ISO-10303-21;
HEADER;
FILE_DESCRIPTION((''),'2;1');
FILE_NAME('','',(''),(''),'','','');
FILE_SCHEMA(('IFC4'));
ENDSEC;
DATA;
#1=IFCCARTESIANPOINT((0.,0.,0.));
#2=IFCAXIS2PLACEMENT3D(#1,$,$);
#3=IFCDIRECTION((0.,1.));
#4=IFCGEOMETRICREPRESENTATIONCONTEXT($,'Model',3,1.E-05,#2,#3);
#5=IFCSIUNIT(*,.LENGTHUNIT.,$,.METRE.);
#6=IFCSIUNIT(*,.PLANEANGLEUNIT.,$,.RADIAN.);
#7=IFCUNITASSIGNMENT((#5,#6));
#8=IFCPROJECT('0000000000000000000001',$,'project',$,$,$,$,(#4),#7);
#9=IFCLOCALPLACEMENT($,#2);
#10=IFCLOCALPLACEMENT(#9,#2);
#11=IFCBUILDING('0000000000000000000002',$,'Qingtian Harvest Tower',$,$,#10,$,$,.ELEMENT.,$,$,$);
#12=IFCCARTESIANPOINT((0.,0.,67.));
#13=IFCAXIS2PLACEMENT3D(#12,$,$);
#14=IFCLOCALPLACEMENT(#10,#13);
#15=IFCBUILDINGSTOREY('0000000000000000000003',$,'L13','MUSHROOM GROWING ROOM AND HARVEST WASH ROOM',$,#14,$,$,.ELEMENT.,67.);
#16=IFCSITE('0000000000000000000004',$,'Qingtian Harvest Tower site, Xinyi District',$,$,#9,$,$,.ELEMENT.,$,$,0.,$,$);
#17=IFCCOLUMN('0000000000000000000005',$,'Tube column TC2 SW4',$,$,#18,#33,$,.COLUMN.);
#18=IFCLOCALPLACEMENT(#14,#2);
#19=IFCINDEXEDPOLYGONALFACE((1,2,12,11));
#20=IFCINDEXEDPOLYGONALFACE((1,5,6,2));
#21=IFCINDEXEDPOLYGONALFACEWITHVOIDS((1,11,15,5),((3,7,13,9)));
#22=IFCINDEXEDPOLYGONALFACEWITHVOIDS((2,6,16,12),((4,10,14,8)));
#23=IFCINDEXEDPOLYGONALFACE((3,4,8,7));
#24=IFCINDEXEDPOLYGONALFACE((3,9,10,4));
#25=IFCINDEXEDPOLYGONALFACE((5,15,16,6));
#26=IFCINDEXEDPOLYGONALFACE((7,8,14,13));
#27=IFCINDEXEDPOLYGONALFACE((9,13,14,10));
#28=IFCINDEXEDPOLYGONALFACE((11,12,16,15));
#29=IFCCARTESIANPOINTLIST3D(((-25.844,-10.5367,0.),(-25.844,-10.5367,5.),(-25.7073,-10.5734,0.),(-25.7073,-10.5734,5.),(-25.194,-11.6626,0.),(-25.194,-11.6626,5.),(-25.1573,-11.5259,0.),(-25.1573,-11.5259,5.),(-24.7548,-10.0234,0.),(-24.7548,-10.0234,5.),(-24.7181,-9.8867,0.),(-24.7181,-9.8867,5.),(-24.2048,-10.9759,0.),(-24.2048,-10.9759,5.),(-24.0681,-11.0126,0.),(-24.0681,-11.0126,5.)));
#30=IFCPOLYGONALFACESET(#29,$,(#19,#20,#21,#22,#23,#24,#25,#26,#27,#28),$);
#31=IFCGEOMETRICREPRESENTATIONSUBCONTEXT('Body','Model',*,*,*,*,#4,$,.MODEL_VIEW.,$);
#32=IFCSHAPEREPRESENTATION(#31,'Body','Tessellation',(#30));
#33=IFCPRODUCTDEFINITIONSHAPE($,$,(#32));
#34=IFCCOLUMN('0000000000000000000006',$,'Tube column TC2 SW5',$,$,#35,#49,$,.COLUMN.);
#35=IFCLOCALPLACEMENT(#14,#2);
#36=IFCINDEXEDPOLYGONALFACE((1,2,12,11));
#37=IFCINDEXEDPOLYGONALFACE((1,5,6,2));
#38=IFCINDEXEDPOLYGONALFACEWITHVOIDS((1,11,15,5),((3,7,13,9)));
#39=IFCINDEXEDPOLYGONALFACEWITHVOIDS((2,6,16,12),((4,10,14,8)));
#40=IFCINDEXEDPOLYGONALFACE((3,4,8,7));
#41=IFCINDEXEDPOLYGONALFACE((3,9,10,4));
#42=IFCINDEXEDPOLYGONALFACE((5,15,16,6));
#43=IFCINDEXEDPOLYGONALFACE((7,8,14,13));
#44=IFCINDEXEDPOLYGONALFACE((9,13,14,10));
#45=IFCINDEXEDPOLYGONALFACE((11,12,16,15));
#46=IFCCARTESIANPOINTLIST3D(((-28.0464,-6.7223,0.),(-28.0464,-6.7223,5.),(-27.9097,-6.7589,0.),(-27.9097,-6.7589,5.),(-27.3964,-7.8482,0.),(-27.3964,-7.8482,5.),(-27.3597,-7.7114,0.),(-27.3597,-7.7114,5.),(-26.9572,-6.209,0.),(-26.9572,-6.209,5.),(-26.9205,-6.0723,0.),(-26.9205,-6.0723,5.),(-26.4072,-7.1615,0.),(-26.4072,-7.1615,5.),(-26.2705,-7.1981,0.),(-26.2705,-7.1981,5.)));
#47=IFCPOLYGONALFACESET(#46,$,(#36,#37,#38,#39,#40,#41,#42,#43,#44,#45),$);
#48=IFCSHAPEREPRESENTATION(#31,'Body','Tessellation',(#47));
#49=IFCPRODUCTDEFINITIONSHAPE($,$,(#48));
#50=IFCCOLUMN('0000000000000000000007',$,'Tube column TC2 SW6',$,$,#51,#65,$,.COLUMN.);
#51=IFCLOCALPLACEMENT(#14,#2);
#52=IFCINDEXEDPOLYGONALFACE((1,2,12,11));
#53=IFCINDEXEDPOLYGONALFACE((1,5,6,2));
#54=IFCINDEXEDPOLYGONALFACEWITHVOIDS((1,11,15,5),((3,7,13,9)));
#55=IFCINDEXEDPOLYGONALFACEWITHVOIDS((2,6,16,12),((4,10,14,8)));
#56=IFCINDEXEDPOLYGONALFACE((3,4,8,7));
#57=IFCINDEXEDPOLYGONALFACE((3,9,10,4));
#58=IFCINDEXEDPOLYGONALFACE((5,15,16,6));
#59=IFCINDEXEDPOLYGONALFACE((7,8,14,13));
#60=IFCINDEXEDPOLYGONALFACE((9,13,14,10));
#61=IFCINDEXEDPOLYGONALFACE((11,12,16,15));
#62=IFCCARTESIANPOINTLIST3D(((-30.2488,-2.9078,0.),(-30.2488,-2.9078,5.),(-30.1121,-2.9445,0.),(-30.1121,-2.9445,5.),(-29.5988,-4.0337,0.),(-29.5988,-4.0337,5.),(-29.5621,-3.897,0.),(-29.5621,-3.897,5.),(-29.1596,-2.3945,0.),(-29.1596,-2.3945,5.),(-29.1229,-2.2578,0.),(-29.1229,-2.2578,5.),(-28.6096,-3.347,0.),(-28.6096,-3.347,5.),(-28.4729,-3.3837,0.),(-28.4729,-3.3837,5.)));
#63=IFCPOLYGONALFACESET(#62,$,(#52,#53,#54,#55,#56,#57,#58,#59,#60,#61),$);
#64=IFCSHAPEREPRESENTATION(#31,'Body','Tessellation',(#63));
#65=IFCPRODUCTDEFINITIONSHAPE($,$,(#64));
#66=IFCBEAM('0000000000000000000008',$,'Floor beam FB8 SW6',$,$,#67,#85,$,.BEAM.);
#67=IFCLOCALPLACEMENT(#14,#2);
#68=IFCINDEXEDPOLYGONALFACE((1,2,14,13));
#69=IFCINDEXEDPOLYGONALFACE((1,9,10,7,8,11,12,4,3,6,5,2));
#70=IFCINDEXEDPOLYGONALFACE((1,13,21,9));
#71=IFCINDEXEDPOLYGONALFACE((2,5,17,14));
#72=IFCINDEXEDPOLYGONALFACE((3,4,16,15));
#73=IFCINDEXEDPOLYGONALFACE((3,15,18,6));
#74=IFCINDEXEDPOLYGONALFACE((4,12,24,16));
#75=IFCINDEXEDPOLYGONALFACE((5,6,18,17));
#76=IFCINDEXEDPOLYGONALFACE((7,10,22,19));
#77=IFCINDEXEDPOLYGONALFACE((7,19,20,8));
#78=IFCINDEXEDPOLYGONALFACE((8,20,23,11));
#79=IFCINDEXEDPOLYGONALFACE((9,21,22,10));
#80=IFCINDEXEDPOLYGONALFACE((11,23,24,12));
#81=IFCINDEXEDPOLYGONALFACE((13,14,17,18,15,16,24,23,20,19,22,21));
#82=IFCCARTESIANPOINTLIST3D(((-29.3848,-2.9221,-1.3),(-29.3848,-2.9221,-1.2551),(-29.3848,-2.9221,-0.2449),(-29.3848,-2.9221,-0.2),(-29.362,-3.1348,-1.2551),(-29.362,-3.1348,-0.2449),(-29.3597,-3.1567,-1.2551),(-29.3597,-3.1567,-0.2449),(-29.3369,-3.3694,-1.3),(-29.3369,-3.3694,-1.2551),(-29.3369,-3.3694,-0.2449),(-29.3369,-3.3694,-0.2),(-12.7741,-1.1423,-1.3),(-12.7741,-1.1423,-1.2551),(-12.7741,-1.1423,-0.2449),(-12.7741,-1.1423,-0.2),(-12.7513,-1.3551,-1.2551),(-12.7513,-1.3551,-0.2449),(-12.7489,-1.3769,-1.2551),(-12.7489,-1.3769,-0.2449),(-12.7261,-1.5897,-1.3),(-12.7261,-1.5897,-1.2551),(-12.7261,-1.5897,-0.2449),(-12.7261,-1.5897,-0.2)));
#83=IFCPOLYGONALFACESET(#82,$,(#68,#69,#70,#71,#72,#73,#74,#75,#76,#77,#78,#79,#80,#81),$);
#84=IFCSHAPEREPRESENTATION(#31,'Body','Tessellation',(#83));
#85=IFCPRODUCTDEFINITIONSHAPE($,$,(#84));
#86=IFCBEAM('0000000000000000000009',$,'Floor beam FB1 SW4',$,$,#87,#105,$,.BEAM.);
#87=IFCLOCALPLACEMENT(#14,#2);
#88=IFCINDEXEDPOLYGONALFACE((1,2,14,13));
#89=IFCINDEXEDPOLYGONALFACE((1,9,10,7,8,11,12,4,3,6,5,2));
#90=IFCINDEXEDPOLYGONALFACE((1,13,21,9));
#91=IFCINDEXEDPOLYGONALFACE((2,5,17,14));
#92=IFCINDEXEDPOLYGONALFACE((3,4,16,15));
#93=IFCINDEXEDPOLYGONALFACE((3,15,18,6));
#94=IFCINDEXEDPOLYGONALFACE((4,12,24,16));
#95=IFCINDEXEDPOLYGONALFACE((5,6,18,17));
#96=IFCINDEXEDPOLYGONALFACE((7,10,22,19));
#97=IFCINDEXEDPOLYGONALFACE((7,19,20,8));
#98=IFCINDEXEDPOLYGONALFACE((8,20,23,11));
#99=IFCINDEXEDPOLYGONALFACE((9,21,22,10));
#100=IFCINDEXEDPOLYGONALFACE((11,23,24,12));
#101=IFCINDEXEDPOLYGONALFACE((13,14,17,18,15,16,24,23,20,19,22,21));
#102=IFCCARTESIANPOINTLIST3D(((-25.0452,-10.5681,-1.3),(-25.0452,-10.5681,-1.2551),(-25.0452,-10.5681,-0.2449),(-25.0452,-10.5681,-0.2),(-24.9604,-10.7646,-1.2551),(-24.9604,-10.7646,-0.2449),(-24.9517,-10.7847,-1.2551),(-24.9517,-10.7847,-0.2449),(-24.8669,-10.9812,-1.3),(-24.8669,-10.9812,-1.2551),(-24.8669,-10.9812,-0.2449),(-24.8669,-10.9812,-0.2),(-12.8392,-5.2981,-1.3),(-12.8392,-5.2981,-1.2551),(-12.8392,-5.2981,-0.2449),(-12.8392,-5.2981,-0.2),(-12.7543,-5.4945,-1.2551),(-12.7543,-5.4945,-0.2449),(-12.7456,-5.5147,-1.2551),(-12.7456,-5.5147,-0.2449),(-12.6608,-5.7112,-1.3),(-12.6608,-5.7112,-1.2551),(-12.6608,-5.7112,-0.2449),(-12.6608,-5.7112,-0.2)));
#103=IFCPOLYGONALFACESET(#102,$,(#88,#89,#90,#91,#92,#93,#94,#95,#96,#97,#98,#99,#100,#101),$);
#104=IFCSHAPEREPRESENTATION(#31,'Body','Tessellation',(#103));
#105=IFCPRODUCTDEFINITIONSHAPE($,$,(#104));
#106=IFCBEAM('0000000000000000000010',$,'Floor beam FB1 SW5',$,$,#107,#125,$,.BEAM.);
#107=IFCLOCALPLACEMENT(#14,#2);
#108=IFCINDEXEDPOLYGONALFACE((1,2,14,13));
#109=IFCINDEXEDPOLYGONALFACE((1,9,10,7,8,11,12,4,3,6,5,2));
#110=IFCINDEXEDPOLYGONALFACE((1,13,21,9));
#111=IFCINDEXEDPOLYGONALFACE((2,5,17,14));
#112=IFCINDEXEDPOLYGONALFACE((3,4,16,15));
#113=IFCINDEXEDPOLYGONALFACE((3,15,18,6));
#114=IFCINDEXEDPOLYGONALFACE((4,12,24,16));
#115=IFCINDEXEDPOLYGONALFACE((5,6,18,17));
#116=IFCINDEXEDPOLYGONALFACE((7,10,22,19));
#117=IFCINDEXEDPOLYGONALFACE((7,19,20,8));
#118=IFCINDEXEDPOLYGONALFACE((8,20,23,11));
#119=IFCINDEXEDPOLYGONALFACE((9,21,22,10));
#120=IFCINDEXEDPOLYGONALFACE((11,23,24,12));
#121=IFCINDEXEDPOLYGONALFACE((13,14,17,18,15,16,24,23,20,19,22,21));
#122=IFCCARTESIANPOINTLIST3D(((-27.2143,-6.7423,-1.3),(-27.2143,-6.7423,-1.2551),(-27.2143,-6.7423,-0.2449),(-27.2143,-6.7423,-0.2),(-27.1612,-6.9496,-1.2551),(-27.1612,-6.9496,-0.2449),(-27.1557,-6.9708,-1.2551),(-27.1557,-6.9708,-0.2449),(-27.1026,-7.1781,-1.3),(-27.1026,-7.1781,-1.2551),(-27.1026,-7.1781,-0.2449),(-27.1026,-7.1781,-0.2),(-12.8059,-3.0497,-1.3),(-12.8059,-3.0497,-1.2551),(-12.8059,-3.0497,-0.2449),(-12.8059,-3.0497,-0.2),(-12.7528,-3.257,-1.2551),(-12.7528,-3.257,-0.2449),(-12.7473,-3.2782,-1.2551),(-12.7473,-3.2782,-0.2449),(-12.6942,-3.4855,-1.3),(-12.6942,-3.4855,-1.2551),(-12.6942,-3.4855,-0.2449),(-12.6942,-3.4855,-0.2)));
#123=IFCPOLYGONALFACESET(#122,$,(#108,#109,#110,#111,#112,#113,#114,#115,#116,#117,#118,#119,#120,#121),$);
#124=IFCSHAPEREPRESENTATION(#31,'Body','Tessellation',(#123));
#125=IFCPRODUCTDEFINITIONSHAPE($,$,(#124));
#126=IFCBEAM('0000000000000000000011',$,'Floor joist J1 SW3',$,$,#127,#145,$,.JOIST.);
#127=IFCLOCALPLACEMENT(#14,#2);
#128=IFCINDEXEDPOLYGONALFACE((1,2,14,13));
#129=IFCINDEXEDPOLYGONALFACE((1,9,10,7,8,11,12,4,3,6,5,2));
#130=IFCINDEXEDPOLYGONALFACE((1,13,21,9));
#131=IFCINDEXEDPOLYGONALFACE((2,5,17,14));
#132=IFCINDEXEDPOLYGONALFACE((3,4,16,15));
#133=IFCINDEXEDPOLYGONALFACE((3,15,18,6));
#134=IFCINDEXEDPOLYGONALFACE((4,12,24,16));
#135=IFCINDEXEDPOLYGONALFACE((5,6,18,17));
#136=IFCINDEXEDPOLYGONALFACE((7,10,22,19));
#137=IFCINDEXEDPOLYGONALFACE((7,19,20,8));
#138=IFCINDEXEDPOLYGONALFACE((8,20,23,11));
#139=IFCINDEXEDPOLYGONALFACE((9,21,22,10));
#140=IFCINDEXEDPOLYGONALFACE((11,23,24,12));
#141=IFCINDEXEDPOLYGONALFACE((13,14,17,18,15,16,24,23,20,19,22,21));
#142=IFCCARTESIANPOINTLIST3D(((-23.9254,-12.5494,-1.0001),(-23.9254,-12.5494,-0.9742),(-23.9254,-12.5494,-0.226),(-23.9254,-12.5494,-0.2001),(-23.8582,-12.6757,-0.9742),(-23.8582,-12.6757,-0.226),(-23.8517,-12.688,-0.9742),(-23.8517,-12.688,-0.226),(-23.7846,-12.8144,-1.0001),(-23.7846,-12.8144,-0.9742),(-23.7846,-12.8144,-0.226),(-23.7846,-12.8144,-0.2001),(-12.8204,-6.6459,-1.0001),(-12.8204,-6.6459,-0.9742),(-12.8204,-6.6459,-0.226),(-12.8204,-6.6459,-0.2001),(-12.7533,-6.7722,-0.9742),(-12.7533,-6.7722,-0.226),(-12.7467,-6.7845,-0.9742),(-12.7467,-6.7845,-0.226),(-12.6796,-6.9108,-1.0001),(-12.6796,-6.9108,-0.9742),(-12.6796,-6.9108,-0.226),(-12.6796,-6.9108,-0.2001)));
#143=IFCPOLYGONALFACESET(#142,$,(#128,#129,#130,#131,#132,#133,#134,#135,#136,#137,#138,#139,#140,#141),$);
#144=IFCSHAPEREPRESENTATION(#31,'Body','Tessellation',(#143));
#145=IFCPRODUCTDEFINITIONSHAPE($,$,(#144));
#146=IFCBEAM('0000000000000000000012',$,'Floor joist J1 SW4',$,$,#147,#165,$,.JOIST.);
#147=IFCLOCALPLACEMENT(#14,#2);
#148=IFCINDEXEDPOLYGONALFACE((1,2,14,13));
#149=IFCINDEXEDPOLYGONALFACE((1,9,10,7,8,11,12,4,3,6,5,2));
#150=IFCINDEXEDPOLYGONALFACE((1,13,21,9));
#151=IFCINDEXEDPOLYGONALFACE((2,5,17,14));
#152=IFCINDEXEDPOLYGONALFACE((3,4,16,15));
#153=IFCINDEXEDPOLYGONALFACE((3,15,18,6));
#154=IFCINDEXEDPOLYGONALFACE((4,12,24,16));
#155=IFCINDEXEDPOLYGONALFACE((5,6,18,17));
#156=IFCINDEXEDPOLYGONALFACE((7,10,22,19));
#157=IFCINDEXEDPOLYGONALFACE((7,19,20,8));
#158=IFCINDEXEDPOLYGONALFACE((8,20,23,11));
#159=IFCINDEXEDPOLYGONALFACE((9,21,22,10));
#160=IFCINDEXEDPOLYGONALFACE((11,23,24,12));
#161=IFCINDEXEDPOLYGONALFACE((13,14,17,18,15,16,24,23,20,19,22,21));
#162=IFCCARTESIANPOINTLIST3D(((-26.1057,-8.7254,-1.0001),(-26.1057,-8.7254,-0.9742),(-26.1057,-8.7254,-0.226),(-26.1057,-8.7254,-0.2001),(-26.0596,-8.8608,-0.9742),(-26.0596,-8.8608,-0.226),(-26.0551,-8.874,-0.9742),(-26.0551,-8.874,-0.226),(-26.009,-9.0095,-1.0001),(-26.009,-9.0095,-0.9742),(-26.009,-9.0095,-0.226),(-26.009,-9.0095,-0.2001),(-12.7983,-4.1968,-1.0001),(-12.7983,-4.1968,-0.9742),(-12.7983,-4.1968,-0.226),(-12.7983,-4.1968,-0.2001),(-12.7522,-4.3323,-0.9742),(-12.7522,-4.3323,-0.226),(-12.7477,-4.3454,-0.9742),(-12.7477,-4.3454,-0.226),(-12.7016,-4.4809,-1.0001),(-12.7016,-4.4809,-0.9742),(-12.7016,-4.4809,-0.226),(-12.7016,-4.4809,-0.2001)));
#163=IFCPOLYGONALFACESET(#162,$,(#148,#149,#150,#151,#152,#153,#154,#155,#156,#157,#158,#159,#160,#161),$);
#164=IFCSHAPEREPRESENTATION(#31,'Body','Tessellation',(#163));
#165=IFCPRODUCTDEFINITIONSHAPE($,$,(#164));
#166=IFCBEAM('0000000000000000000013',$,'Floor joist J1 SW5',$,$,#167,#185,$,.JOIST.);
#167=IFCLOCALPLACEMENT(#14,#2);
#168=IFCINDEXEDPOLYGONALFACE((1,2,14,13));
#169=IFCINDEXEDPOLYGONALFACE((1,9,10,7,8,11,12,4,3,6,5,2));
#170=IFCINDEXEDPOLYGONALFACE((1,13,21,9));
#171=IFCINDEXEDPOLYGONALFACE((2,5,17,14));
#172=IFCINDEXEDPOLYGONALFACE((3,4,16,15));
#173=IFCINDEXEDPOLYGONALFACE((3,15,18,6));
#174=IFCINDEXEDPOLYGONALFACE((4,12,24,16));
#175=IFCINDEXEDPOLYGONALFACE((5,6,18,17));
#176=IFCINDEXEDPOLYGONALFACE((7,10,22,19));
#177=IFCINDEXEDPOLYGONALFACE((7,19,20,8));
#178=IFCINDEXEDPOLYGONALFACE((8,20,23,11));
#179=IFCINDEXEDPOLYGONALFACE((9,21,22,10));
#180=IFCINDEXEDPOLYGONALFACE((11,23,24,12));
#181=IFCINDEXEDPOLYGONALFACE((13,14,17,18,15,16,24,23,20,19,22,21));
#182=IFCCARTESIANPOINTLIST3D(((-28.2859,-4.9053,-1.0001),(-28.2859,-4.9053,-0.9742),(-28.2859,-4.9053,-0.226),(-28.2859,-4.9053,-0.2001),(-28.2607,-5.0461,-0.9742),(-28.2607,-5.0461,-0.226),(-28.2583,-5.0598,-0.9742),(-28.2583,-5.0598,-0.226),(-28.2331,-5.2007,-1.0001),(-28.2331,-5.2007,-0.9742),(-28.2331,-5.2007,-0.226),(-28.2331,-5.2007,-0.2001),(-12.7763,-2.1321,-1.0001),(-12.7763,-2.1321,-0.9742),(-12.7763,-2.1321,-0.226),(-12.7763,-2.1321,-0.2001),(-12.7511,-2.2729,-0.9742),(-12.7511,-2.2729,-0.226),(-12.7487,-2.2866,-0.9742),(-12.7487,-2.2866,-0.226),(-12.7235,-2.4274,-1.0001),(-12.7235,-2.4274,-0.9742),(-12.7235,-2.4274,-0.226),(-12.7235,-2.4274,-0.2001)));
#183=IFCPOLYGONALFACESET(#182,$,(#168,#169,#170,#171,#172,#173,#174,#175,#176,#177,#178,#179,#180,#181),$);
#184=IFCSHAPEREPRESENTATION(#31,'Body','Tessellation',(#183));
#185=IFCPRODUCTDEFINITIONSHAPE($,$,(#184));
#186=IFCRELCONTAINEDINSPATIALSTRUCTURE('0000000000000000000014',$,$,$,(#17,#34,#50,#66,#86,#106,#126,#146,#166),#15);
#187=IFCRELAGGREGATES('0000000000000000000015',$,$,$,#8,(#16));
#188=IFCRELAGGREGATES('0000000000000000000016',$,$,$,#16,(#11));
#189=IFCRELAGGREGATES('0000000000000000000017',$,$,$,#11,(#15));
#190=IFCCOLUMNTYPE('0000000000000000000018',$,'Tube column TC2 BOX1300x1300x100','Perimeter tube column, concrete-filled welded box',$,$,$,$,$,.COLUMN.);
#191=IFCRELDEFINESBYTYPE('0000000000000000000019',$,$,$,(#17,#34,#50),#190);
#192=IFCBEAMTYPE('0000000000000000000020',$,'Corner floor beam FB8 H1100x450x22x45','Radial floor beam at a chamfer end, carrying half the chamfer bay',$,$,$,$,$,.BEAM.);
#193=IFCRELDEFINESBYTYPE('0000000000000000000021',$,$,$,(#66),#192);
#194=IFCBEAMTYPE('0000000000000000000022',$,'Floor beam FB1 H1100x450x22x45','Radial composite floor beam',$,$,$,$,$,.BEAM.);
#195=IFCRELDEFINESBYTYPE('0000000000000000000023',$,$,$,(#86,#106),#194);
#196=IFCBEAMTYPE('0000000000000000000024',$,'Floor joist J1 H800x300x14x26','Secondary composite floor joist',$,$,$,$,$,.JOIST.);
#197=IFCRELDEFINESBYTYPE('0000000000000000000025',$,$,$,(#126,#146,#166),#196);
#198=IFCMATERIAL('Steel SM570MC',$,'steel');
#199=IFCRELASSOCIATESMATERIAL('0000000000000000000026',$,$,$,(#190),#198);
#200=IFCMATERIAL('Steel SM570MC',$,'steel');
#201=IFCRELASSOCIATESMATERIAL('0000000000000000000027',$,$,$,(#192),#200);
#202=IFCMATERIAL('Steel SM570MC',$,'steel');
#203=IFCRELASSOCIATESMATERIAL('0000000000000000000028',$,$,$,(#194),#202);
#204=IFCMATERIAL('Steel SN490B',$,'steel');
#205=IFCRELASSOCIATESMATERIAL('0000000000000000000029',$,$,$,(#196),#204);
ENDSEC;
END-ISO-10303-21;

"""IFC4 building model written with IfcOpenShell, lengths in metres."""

from ifc_helpers import new_model, si_unit, direction, frame, origin, origin_2d, place, context, subcontext, project, spatial, hollow_rectangle, i_section, extrude, material, material_profile, profile_set, type_object, element, save


model = new_model("IFC4")

# Units and contexts
model_context = context("Model", 3, precision=1e-05, world=origin(), true_north=direction((0.0, 1.0)))
body_context = subcontext(model_context, "Body", "Model", "MODEL_VIEW")
ifc_project = project(units=[si_unit("LENGTHUNIT", "METRE"), si_unit("PLANEANGLEUNIT", "RADIAN")], contexts=[model_context])

# Site, building, storey
site_placement = place(None, origin())
site = spatial("IfcSite", under=ifc_project, at=site_placement, Name="Qingtian Harvest Tower site, Xinyi District", CompositionType="ELEMENT", RefElevation=0.0)
building_placement = place(site_placement, origin())
building = spatial("IfcBuilding", under=site, at=building_placement, Name="Qingtian Harvest Tower", CompositionType="ELEMENT")
storey_placement = place(building_placement, frame((0.0, 0.0, 67.0)))
storey = spatial("IfcBuildingStorey", under=building, at=storey_placement, Name="L13", Description="MUSHROOM GROWING ROOM AND HARVEST WASH ROOM", CompositionType="ELEMENT", Elevation=67.0)

# Columns
ifc_material_1 = material(Name="Steel SM570MC", Category="steel")
ifc_material_profile_1 = material_profile(ifc_material_1, hollow_rectangle(XDim=1.3, YDim=1.3, WallThickness=0.1001, at=origin_2d()), Name="BOX1300x1300x100")
ifc_profile_set_1 = profile_set([ifc_material_profile_1], Name="Steel SM570MC")
column_type = type_object("IfcColumnType", Name="Tube column TC2 BOX1300x1300x100", Description="Perimeter tube column, concrete-filled welded box", PredefinedType="COLUMN", material=ifc_profile_set_1)
for number, where, z_axis, x_axis, name in (
    (1, (-24.9561, -10.7747, 0.0), (0.0, 0.0, 1.0), (0.5, -0.866025, 0.0), "Tube column TC2 SW4"),
    (2, (-27.1584, -6.9602, 0.0), (0.0, 0.0, 1.0), (0.5, -0.866025, 0.0), "Tube column TC2 SW5"),
    (3, (-29.3608, -3.1458, 0.0), (0.0, 0.0, 1.0), (0.5, -0.866025, 0.0), "Tube column TC2 SW6"),
):
    element("IfcColumn", number, at=place(storey_placement, frame(where, z_axis=z_axis, x_axis=x_axis)), inside=storey, type_object=column_type, Name=name, PredefinedType="COLUMN", context=body_context, shape_type="SweptSolid", body=[
        extrude(hollow_rectangle(XDim=1.3, YDim=1.3, WallThickness=0.1001, at=origin_2d()), origin(), (0.0, 0.0, 1.0), 5.0),
    ])

# Beams
ifc_material_2 = material(Name="Steel SM570MC", Category="steel")
ifc_material_profile_2 = material_profile(ifc_material_2, i_section(OverallWidth=0.45, OverallDepth=1.1001, WebThickness=0.022, FlangeThickness=0.0449, at=origin_2d()), Name="H1100x450x22x45")
ifc_profile_set_2 = profile_set([ifc_material_profile_2], Name="Steel SM570MC")
beam_type_1 = type_object("IfcBeamType", Name="Corner floor beam FB8 H1100x450x22x45", Description="Radial floor beam at a chamfer end, carrying half the chamfer bay", PredefinedType="BEAM", material=ifc_profile_set_2)
beam_1_placement = place(storey_placement, frame((-29.3608, -3.1458, -0.75), z_axis=(0.994309, 0.106536, 0.0), x_axis=(-0.106536, 0.994309, 0.0)))
element("IfcBeam", 4, at=beam_1_placement, inside=storey, type_object=beam_type_1, Name="Floor beam FB8 SW6", PredefinedType="BEAM", context=body_context, shape_type="SweptSolid", body=[
    extrude(i_section(OverallWidth=0.45, OverallDepth=1.1001, WebThickness=0.022, FlangeThickness=0.0449, at=origin_2d()), origin(), (0.0, 0.0, 1.0), 16.7058),
])
ifc_material_3 = material(Name="Steel SM570MC", Category="steel")
ifc_material_profile_3 = material_profile(ifc_material_3, i_section(OverallWidth=0.45, OverallDepth=1.1001, WebThickness=0.022, FlangeThickness=0.0449, at=origin_2d()), Name="H1100x450x22x45")
ifc_profile_set_3 = profile_set([ifc_material_profile_3], Name="Steel SM570MC")
beam_type_2 = type_object("IfcBeamType", Name="Floor beam FB1 H1100x450x22x45", Description="Radial composite floor beam", PredefinedType="BEAM", material=ifc_profile_set_3)
beam_2_placement = place(storey_placement, frame((-24.9561, -10.7747, -0.75), z_axis=(0.918084, 0.396387, 0.0), x_axis=(-0.396387, 0.918084, 0.0)))
element("IfcBeam", 5, at=beam_2_placement, inside=storey, type_object=beam_type_2, Name="Floor beam FB1 SW4", PredefinedType="BEAM", context=body_context, shape_type="SweptSolid", body=[
    extrude(i_section(OverallWidth=0.45, OverallDepth=1.1001, WebThickness=0.022, FlangeThickness=0.0449, at=origin_2d()), origin(), (0.0, 0.0, 1.0), 13.2952),
])
beam_3_placement = place(storey_placement, frame((-27.1584, -6.9602, -0.75), z_axis=(0.968694, 0.248259, 0.0), x_axis=(-0.248259, 0.968694, 0.0)))
element("IfcBeam", 6, at=beam_3_placement, inside=storey, type_object=beam_type_2, Name="Floor beam FB1 SW5", PredefinedType="BEAM", context=body_context, shape_type="SweptSolid", body=[
    extrude(i_section(OverallWidth=0.45, OverallDepth=1.1001, WebThickness=0.022, FlangeThickness=0.0449, at=origin_2d()), origin(), (0.0, 0.0, 1.0), 14.874),
])
ifc_material_4 = material(Name="Steel SN490B", Category="steel")
ifc_material_profile_4 = material_profile(ifc_material_4, i_section(OverallWidth=0.3, OverallDepth=0.8, WebThickness=0.0139, FlangeThickness=0.0259, at=origin_2d()), Name="H800x300x14x26")
ifc_profile_set_4 = profile_set([ifc_material_profile_4], Name="Steel SN490B")
beam_type_3 = type_object("IfcBeamType", Name="Floor joist J1 H800x300x14x26", Description="Secondary composite floor joist", PredefinedType="JOIST", material=ifc_profile_set_4)
beam_4_placement = place(storey_placement, frame((-23.855, -12.6819, -0.6001), z_axis=(0.882982, 0.469406, 0.0), x_axis=(-0.469406, 0.882982, 0.0)))
element("IfcBeam", 7, at=beam_4_placement, inside=storey, type_object=beam_type_3, Name="Floor joist J1 SW3", PredefinedType="JOIST", context=body_context, shape_type="SweptSolid", body=[
    extrude(i_section(OverallWidth=0.3, OverallDepth=0.8, WebThickness=0.0139, FlangeThickness=0.0259, at=origin_2d()), origin(), (0.0, 0.0, 1.0), 12.5767),
])
beam_5_placement = place(storey_placement, frame((-26.0574, -8.8674, -0.6001), z_axis=(0.946685, 0.322161, 0.0), x_axis=(-0.322161, 0.946685, 0.0)))
element("IfcBeam", 8, at=beam_5_placement, inside=storey, type_object=beam_type_3, Name="Floor joist J1 SW4", PredefinedType="JOIST", context=body_context, shape_type="SweptSolid", body=[
    extrude(i_section(OverallWidth=0.3, OverallDepth=0.8, WebThickness=0.0139, FlangeThickness=0.0259, at=origin_2d()), origin(), (0.0, 0.0, 1.0), 14.0569),
])
beam_6_placement = place(storey_placement, frame((-28.2595, -5.053, -0.6001), z_axis=(0.984388, 0.176014, 0.0), x_axis=(-0.176014, 0.984388, 0.0)))
element("IfcBeam", 9, at=beam_6_placement, inside=storey, type_object=beam_type_3, Name="Floor joist J1 SW5", PredefinedType="JOIST", context=body_context, shape_type="SweptSolid", body=[
    extrude(i_section(OverallWidth=0.3, OverallDepth=0.8, WebThickness=0.0139, FlangeThickness=0.0259, at=origin_2d()), origin(), (0.0, 0.0, 1.0), 15.7556),
])

save(model, "model.ifc")
